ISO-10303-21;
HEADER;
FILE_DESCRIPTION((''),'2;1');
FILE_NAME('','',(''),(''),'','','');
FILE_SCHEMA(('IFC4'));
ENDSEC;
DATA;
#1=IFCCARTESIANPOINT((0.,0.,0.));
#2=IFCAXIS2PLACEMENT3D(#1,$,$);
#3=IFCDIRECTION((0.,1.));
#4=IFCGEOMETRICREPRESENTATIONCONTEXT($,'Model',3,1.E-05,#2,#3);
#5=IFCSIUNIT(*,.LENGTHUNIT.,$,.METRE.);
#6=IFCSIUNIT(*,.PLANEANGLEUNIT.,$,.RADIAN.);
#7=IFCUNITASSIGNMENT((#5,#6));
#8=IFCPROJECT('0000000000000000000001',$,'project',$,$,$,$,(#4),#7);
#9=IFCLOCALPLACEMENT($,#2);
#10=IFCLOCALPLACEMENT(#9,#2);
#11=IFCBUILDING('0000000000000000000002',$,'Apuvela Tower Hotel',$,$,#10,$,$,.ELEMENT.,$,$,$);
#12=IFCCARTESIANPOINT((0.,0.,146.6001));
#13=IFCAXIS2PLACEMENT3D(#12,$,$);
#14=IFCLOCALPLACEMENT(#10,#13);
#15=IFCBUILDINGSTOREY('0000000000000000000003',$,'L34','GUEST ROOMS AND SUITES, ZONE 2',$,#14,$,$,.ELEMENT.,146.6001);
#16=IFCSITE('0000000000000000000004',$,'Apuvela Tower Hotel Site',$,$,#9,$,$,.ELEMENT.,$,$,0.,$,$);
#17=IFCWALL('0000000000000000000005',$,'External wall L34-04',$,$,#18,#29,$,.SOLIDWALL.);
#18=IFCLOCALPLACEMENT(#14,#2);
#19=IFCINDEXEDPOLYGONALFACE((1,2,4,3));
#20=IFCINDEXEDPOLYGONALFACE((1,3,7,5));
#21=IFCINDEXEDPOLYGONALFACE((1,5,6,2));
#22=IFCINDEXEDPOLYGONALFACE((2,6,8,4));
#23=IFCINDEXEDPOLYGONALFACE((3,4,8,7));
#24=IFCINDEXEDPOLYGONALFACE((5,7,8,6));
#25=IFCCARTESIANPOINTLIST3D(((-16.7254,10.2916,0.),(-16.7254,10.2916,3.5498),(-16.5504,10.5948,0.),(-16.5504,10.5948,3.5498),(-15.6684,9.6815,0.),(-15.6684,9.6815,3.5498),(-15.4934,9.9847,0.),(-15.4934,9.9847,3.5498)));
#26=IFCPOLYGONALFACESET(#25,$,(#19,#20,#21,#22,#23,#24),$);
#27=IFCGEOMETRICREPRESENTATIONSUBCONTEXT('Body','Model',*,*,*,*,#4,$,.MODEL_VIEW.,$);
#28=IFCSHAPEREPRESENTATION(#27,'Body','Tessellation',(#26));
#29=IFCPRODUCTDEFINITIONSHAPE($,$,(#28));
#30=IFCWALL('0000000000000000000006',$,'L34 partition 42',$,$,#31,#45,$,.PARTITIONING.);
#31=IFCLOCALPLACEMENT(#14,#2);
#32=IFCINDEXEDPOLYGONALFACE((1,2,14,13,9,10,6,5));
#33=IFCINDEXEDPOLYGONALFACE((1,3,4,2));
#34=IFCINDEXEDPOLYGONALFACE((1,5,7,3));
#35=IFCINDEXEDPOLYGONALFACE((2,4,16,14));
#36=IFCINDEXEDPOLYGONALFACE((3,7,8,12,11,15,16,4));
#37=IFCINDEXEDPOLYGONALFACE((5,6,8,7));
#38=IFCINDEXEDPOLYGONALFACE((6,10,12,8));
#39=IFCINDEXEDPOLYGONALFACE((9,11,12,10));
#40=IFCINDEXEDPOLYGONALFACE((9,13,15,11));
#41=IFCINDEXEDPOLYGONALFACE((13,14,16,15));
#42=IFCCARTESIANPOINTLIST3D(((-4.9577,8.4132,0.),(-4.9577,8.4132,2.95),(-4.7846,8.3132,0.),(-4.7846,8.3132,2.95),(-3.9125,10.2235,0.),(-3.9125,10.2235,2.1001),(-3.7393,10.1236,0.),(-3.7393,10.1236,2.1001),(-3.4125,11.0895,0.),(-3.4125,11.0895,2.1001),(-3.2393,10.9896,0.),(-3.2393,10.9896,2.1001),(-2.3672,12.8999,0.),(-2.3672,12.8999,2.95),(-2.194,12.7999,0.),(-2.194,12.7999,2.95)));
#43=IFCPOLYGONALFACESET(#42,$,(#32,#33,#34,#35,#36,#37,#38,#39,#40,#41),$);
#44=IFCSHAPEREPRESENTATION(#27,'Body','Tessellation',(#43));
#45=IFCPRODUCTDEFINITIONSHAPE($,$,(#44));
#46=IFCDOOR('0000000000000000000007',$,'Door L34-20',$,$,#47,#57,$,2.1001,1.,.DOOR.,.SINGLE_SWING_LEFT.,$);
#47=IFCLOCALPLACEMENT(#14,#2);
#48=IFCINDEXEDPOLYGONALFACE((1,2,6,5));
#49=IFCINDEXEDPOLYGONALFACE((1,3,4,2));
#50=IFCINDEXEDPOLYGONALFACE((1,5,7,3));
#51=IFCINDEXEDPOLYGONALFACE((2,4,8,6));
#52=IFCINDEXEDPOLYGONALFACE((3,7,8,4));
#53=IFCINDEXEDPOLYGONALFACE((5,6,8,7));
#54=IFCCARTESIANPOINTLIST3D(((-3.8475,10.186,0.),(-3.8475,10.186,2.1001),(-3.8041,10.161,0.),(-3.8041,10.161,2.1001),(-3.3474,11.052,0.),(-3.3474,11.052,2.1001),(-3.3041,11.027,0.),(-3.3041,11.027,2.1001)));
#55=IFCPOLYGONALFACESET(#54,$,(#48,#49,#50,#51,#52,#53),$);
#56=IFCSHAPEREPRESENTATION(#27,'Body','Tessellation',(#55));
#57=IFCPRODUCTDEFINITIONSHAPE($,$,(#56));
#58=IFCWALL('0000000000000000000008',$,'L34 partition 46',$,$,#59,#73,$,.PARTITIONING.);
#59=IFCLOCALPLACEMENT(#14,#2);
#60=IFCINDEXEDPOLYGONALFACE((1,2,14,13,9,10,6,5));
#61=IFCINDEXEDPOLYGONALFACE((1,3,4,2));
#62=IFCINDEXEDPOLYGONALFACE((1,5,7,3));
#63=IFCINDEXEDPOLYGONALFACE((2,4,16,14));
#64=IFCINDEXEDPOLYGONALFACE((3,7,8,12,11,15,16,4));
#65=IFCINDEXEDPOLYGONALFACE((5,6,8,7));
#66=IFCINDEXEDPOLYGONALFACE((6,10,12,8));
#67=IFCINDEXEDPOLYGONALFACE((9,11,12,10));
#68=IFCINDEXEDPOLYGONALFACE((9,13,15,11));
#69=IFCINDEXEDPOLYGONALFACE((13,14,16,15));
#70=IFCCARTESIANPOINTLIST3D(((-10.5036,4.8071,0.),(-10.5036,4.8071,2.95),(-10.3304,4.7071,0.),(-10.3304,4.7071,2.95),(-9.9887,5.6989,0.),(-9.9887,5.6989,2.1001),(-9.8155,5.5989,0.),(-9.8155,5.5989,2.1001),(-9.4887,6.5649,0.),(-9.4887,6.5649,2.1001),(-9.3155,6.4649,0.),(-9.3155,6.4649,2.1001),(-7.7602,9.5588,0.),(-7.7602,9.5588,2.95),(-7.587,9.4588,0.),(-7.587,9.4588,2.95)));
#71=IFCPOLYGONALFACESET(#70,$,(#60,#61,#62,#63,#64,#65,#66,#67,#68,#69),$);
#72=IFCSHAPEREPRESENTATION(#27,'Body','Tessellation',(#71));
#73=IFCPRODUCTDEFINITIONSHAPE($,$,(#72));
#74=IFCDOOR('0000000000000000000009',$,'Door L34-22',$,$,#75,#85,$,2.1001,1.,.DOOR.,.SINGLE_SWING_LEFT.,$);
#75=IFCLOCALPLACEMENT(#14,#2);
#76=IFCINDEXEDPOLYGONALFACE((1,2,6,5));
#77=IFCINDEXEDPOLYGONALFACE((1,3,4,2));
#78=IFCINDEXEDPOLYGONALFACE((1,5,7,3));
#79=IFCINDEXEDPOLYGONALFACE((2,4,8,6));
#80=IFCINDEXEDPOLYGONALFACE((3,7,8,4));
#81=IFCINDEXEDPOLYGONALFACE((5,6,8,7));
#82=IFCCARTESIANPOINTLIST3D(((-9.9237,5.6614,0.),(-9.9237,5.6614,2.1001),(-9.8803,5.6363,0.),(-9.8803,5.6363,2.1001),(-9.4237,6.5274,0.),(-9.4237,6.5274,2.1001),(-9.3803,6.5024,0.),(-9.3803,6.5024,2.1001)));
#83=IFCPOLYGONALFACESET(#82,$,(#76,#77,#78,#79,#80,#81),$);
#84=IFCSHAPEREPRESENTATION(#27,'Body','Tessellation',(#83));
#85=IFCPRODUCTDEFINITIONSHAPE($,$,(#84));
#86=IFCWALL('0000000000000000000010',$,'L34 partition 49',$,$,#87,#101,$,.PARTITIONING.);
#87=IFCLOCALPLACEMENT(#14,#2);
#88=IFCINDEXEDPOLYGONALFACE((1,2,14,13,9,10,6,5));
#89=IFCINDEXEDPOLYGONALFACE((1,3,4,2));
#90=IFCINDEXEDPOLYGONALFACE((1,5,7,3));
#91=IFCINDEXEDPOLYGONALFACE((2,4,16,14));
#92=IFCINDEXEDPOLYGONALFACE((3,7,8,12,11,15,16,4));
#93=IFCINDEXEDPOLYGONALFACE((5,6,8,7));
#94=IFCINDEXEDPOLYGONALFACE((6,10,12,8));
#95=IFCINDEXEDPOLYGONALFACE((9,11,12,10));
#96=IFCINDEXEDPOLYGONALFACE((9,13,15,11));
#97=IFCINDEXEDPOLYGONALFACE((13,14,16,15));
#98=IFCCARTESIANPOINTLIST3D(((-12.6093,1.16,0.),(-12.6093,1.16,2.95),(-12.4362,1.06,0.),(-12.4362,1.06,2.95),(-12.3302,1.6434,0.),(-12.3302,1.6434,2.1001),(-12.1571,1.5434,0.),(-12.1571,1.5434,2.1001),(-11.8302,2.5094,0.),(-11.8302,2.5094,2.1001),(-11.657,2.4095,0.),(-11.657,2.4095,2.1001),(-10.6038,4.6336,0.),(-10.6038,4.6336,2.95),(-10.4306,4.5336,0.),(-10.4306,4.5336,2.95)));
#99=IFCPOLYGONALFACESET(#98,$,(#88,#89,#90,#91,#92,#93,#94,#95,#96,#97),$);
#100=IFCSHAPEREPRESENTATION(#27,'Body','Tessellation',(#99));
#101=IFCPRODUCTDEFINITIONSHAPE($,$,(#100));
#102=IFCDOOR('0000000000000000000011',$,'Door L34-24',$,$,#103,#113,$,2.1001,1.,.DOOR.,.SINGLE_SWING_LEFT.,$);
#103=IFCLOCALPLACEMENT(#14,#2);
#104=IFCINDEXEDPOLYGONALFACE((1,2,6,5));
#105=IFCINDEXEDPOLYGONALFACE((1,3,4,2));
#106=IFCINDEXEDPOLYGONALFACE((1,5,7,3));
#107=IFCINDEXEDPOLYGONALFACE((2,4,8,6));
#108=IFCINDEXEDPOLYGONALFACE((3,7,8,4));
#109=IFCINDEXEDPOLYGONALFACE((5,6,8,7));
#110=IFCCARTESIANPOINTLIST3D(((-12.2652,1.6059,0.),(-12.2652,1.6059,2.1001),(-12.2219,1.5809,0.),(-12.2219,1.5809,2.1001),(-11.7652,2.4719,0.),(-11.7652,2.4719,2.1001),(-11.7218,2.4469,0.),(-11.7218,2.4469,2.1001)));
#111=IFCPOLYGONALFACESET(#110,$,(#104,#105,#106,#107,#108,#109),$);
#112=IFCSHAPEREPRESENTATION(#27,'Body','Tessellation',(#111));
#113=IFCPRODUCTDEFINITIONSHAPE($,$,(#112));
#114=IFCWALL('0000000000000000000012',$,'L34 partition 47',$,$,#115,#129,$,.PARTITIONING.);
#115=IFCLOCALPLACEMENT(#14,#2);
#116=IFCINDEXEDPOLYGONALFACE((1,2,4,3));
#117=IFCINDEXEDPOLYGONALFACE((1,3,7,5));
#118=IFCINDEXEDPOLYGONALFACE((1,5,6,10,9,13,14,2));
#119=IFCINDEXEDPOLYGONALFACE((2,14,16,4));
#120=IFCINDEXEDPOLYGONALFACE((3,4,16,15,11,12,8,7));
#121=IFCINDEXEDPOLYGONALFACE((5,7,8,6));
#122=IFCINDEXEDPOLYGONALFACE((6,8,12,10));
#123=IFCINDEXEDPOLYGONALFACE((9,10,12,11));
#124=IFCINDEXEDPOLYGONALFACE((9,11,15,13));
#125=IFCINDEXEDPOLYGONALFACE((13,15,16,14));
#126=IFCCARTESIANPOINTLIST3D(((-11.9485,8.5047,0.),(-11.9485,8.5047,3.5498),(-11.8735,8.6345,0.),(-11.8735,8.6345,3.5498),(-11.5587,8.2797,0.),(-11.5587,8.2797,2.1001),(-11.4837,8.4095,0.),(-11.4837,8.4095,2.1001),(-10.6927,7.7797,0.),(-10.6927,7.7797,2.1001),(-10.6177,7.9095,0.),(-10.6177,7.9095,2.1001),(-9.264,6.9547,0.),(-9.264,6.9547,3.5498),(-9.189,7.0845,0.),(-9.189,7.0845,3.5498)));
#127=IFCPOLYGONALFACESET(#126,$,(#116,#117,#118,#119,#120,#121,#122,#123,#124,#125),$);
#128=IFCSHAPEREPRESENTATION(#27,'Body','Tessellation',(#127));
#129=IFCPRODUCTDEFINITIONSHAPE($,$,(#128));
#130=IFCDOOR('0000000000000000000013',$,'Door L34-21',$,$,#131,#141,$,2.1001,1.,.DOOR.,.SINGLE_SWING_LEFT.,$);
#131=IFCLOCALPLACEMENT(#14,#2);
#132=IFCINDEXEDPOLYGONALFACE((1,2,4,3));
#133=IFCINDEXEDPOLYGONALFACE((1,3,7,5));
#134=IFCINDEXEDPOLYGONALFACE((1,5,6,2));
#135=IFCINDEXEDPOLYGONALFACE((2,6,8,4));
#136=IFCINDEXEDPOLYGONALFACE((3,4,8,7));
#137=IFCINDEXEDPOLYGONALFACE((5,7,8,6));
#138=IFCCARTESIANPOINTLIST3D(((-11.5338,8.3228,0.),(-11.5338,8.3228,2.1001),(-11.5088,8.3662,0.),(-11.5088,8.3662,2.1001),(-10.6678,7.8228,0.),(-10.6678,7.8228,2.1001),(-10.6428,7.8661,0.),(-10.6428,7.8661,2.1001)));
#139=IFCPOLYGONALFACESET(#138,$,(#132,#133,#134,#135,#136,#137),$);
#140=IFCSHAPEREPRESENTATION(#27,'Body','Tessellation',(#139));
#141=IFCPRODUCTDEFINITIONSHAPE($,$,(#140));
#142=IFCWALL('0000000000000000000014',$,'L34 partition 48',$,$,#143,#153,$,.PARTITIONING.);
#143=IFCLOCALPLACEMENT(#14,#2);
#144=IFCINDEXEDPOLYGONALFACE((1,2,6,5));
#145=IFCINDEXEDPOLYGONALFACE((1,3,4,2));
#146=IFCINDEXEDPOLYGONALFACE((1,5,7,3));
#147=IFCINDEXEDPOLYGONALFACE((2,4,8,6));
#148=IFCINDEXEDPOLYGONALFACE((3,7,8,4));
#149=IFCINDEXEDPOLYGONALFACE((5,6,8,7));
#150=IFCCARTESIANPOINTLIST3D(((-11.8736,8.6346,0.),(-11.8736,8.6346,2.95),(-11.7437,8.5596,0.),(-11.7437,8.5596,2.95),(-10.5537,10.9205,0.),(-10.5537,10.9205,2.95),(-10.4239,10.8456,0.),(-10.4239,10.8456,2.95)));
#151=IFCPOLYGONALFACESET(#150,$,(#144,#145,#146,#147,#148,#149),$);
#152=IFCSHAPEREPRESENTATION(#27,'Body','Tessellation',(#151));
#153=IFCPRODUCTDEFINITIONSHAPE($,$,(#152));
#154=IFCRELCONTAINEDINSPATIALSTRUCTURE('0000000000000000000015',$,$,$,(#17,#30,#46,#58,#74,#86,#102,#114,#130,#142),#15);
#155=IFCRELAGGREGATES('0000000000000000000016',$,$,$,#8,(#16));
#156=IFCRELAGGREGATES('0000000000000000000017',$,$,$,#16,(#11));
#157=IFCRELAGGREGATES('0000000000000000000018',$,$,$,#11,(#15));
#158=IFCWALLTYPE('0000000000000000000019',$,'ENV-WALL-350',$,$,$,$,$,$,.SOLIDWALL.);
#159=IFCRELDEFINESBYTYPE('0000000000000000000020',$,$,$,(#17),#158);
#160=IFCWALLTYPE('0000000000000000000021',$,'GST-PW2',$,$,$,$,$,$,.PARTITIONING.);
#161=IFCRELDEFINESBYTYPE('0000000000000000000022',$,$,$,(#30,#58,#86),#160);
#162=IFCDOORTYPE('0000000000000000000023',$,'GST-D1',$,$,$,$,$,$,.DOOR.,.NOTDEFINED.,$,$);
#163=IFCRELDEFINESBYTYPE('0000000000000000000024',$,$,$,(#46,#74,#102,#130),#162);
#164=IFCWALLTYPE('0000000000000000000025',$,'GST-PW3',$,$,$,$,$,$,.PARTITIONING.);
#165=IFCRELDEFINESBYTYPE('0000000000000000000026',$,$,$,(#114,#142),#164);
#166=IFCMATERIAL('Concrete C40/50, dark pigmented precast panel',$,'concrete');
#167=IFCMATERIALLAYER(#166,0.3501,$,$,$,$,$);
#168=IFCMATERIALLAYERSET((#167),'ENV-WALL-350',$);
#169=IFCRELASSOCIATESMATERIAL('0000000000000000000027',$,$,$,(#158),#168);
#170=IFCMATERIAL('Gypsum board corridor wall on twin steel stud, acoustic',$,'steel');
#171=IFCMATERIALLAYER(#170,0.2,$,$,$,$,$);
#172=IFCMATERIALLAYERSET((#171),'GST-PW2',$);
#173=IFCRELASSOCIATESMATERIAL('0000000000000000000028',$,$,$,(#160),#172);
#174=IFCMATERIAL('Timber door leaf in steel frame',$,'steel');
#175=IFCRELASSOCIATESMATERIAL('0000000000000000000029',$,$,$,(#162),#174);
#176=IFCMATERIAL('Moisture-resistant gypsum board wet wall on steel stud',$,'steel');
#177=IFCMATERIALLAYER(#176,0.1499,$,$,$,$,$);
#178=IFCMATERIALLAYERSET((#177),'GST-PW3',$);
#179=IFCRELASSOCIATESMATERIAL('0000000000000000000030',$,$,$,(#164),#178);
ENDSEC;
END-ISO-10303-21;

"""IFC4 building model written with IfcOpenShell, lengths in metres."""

from ifc_helpers import new_model, si_unit, direction, frame, frame_2d, origin, place, context, subcontext, project, spatial, rectangle, extrude, material, layer, layer_set, type_object, element, fill, save


model = new_model("IFC4")

# Units and contexts
model_context = context("Model", 3, precision=1e-05, world=origin(), true_north=direction((0.0, 1.0)))
body_context = subcontext(model_context, "Body", "Model", "MODEL_VIEW")
ifc_project = project(units=[si_unit("LENGTHUNIT", "METRE"), si_unit("PLANEANGLEUNIT", "RADIAN")], contexts=[model_context])

# Site, building, storey
site_placement = place(None, origin())
site = spatial("IfcSite", under=ifc_project, at=site_placement, Name="Apuvela Tower Hotel Site", CompositionType="ELEMENT", RefElevation=0.0)
building_placement = place(site_placement, origin())
building = spatial("IfcBuilding", under=site, at=building_placement, Name="Apuvela Tower Hotel", CompositionType="ELEMENT")
storey_placement = place(building_placement, frame((0.0, 0.0, 146.6001)))
storey = spatial("IfcBuildingStorey", under=building, at=storey_placement, Name="L34", Description="GUEST ROOMS AND SUITES, ZONE 2", CompositionType="ELEMENT", Elevation=146.6001)

# Wall
ifc_material_1 = material(Name="Concrete C40/50, dark pigmented precast panel", Category="concrete")
ifc_layer_1 = layer(ifc_material_1, 0.3501)
ifc_layer_set_1 = layer_set([ifc_layer_1], Name="ENV-WALL-350")
wall_type_1 = type_object("IfcWallType", Name="ENV-WALL-350", PredefinedType="SOLIDWALL", material=ifc_layer_set_1)
wall_1_placement = place(storey_placement, frame((-15.5808, 9.833, 0.0), z_axis=(0.0, 0.0, 1.0), x_axis=(-0.866056, 0.499948, 0.0)))
element("IfcWall", 1, at=wall_1_placement, inside=storey, type_object=wall_type_1, Name="External wall L34-04", PredefinedType="SOLIDWALL", context=body_context, shape_type="SweptSolid", body=[
    extrude(rectangle(XDim=1.2205, YDim=0.3501, at=frame_2d((0.6104, 0.0))), origin(), (0.0, 0.0, 1.0), 3.5498),
])

# Walls, openings, doors
ifc_material_2 = material(Name="Gypsum board corridor wall on twin steel stud, acoustic", Category="steel")
ifc_layer_2 = layer(ifc_material_2, 0.2)
ifc_layer_set_2 = layer_set([ifc_layer_2], Name="GST-PW2")
wall_type_2 = type_object("IfcWallType", Name="GST-PW2", PredefinedType="PARTITIONING", material=ifc_layer_set_2)
wall_2_placement = place(storey_placement, frame((-4.8711, 8.3633, 0.0), z_axis=(0.0, 0.0, 1.0), x_axis=(0.500016, 0.866016, 0.0)))
wall_2 = element("IfcWall", 2, at=wall_2_placement, inside=storey, type_object=wall_type_2, Name="L34 partition 42", PredefinedType="PARTITIONING", context=body_context, shape_type="SweptSolid", body=[
    extrude(rectangle(XDim=5.1809, YDim=0.2, at=frame_2d((2.5903, 0.0))), origin(), (0.0, 0.0, 1.0), 2.95),
])
opening_1_placement = place(wall_2_placement, frame((2.0903, 0.0, 0.0)))
opening_1 = element("IfcOpeningElement", 3, at=opening_1_placement, cuts=wall_2, PredefinedType="OPENING", context=body_context, shape_type="SweptSolid", body=[
    extrude(rectangle(XDim=1.0, YDim=2.1001, at=frame_2d((0.5, 1.05))), frame((0.0, 0.1099, 0.0), z_axis=(0.0, -1.0, 0.0), x_axis=(1.0, 0.0, 0.0)), (0.0, 0.0, 1.0), 0.22),
])
ifc_material_3 = material(Name="Timber door leaf in steel frame", Category="steel")
door_type_1 = type_object("IfcDoorType", Name="GST-D1", OperationType="NOTDEFINED", PredefinedType="DOOR", material=ifc_material_3)
door_1_placement = place(opening_1_placement, origin())
door_1 = element("IfcDoor", 4, at=door_1_placement, inside=storey, type_object=door_type_1, Name="Door L34-20", OperationType="SINGLE_SWING_LEFT", OverallHeight=2.1001, OverallWidth=1.0, PredefinedType="DOOR", context=body_context, shape_type="SweptSolid", body=[
    extrude(rectangle(XDim=1.0, YDim=2.1001, at=frame_2d((0.5, 1.05))), frame((0.0, 0.0249, 0.0), z_axis=(0.0, -1.0, 0.0), x_axis=(1.0, 0.0, 0.0)), (0.0, 0.0, 1.0), 0.05),
])
fill(opening_1, door_1)
wall_3_placement = place(storey_placement, frame((-10.417, 4.7571, 0.0), z_axis=(0.0, 0.0, 1.0), x_axis=(0.500001, 0.866025, 0.0)))
wall_3 = element("IfcWall", 5, at=wall_3_placement, inside=storey, type_object=wall_type_2, Name="L34 partition 46", PredefinedType="PARTITIONING", context=body_context, shape_type="SweptSolid", body=[
    extrude(rectangle(XDim=5.4868, YDim=0.2, at=frame_2d((2.7434, 0.0))), origin(), (0.0, 0.0, 1.0), 2.95),
])
opening_2_placement = place(wall_3_placement, frame((1.0298, 0.0, 0.0)))
opening_2 = element("IfcOpeningElement", 6, at=opening_2_placement, cuts=wall_3, PredefinedType="OPENING", context=body_context, shape_type="SweptSolid", body=[
    extrude(rectangle(XDim=1.0, YDim=2.1001, at=frame_2d((0.5, 1.05))), frame((0.0, 0.1099, 0.0), z_axis=(0.0, -1.0, 0.0), x_axis=(1.0, 0.0, 0.0)), (0.0, 0.0, 1.0), 0.22),
])
door_2_placement = place(opening_2_placement, origin())
door_2 = element("IfcDoor", 7, at=door_2_placement, inside=storey, type_object=door_type_1, Name="Door L34-22", OperationType="SINGLE_SWING_LEFT", OverallHeight=2.1001, OverallWidth=1.0, PredefinedType="DOOR", context=body_context, shape_type="SweptSolid", body=[
    extrude(rectangle(XDim=1.0, YDim=2.1001, at=frame_2d((0.5, 1.05))), frame((0.0, 0.0249, 0.0), z_axis=(0.0, -1.0, 0.0), x_axis=(1.0, 0.0, 0.0)), (0.0, 0.0, 1.0), 0.05),
])
fill(opening_2, door_2)
wall_4_placement = place(storey_placement, frame((-12.5227, 1.1101, 0.0), z_axis=(0.0, 0.0, 1.0), x_axis=(0.500021, 0.866013, 0.0)))
wall_4 = element("IfcWall", 8, at=wall_4_placement, inside=storey, type_object=wall_type_2, Name="L34 partition 49", PredefinedType="PARTITIONING", context=body_context, shape_type="SweptSolid", body=[
    extrude(rectangle(XDim=4.011, YDim=0.2, at=frame_2d((2.0054, 0.0))), origin(), (0.0, 0.0, 1.0), 2.95),
])
opening_3_placement = place(wall_4_placement, frame((0.5581, 0.0, 0.0)))
opening_3 = element("IfcOpeningElement", 9, at=opening_3_placement, cuts=wall_4, PredefinedType="OPENING", context=body_context, shape_type="SweptSolid", body=[
    extrude(rectangle(XDim=1.0, YDim=2.1001, at=frame_2d((0.5, 1.05))), frame((0.0, 0.1099, 0.0), z_axis=(0.0, -1.0, 0.0), x_axis=(1.0, 0.0, 0.0)), (0.0, 0.0, 1.0), 0.22),
])
door_3_placement = place(opening_3_placement, origin())
door_3 = element("IfcDoor", 10, at=door_3_placement, inside=storey, type_object=door_type_1, Name="Door L34-24", OperationType="SINGLE_SWING_LEFT", OverallHeight=2.1001, OverallWidth=1.0, PredefinedType="DOOR", context=body_context, shape_type="SweptSolid", body=[
    extrude(rectangle(XDim=1.0, YDim=2.1001, at=frame_2d((0.5, 1.05))), frame((0.0, 0.0249, 0.0), z_axis=(0.0, -1.0, 0.0), x_axis=(1.0, 0.0, 0.0)), (0.0, 0.0, 1.0), 0.05),
])
fill(opening_3, door_3)
ifc_material_4 = material(Name="Moisture-resistant gypsum board wet wall on steel stud", Category="steel")
ifc_layer_3 = layer(ifc_material_4, 0.1499)
ifc_layer_set_3 = layer_set([ifc_layer_3], Name="GST-PW3")
wall_type_3 = type_object("IfcWallType", Name="GST-PW3", PredefinedType="PARTITIONING", material=ifc_layer_set_3)
wall_5_placement = place(storey_placement, frame((-11.9109, 8.5696, 0.0), z_axis=(0.0, 0.0, 1.0), x_axis=(0.86601, -0.500027, 0.0)))
wall_5 = element("IfcWall", 11, at=wall_5_placement, inside=storey, type_object=wall_type_3, Name="L34 partition 47", PredefinedType="PARTITIONING", context=body_context, shape_type="SweptSolid", body=[
    extrude(rectangle(XDim=3.0999, YDim=0.1499, at=frame_2d((1.5498, 0.0))), origin(), (0.0, 0.0, 1.0), 3.5498),
])
opening_4_placement = place(wall_5_placement, frame((0.45, 0.0, 0.0)))
opening_4 = element("IfcOpeningElement", 12, at=opening_4_placement, cuts=wall_5, PredefinedType="OPENING", context=body_context, shape_type="SweptSolid", body=[
    extrude(rectangle(XDim=1.0, YDim=2.1001, at=frame_2d((0.5, 1.05))), frame((0.0, 0.085, 0.0), z_axis=(0.0, -1.0, 0.0), x_axis=(1.0, 0.0, 0.0)), (0.0, 0.0, 1.0), 0.1699),
])
door_4_placement = place(opening_4_placement, origin())
door_4 = element("IfcDoor", 13, at=door_4_placement, inside=storey, type_object=door_type_1, Name="Door L34-21", OperationType="SINGLE_SWING_LEFT", OverallHeight=2.1001, OverallWidth=1.0, PredefinedType="DOOR", context=body_context, shape_type="SweptSolid", body=[
    extrude(rectangle(XDim=1.0, YDim=2.1001, at=frame_2d((0.5, 1.05))), frame((0.0, 0.0249, 0.0), z_axis=(0.0, -1.0, 0.0), x_axis=(1.0, 0.0, 0.0)), (0.0, 0.0, 1.0), 0.05),
])
fill(opening_4, door_4)

# Wall
wall_6_placement = place(storey_placement, frame((-10.4888, 10.8831, 0.0), z_axis=(0.0, 0.0, 1.0), x_axis=(-0.500019, -0.866015, 0.0)))
element("IfcWall", 14, at=wall_6_placement, inside=storey, type_object=wall_type_3, Name="L34 partition 48", PredefinedType="PARTITIONING", context=body_context, shape_type="SweptSolid", body=[
    extrude(rectangle(XDim=2.6396, YDim=0.1499, at=frame_2d((1.3198, 0.0))), origin(), (0.0, 0.0, 1.0), 2.95),
])

save(model, "model.ifc")
